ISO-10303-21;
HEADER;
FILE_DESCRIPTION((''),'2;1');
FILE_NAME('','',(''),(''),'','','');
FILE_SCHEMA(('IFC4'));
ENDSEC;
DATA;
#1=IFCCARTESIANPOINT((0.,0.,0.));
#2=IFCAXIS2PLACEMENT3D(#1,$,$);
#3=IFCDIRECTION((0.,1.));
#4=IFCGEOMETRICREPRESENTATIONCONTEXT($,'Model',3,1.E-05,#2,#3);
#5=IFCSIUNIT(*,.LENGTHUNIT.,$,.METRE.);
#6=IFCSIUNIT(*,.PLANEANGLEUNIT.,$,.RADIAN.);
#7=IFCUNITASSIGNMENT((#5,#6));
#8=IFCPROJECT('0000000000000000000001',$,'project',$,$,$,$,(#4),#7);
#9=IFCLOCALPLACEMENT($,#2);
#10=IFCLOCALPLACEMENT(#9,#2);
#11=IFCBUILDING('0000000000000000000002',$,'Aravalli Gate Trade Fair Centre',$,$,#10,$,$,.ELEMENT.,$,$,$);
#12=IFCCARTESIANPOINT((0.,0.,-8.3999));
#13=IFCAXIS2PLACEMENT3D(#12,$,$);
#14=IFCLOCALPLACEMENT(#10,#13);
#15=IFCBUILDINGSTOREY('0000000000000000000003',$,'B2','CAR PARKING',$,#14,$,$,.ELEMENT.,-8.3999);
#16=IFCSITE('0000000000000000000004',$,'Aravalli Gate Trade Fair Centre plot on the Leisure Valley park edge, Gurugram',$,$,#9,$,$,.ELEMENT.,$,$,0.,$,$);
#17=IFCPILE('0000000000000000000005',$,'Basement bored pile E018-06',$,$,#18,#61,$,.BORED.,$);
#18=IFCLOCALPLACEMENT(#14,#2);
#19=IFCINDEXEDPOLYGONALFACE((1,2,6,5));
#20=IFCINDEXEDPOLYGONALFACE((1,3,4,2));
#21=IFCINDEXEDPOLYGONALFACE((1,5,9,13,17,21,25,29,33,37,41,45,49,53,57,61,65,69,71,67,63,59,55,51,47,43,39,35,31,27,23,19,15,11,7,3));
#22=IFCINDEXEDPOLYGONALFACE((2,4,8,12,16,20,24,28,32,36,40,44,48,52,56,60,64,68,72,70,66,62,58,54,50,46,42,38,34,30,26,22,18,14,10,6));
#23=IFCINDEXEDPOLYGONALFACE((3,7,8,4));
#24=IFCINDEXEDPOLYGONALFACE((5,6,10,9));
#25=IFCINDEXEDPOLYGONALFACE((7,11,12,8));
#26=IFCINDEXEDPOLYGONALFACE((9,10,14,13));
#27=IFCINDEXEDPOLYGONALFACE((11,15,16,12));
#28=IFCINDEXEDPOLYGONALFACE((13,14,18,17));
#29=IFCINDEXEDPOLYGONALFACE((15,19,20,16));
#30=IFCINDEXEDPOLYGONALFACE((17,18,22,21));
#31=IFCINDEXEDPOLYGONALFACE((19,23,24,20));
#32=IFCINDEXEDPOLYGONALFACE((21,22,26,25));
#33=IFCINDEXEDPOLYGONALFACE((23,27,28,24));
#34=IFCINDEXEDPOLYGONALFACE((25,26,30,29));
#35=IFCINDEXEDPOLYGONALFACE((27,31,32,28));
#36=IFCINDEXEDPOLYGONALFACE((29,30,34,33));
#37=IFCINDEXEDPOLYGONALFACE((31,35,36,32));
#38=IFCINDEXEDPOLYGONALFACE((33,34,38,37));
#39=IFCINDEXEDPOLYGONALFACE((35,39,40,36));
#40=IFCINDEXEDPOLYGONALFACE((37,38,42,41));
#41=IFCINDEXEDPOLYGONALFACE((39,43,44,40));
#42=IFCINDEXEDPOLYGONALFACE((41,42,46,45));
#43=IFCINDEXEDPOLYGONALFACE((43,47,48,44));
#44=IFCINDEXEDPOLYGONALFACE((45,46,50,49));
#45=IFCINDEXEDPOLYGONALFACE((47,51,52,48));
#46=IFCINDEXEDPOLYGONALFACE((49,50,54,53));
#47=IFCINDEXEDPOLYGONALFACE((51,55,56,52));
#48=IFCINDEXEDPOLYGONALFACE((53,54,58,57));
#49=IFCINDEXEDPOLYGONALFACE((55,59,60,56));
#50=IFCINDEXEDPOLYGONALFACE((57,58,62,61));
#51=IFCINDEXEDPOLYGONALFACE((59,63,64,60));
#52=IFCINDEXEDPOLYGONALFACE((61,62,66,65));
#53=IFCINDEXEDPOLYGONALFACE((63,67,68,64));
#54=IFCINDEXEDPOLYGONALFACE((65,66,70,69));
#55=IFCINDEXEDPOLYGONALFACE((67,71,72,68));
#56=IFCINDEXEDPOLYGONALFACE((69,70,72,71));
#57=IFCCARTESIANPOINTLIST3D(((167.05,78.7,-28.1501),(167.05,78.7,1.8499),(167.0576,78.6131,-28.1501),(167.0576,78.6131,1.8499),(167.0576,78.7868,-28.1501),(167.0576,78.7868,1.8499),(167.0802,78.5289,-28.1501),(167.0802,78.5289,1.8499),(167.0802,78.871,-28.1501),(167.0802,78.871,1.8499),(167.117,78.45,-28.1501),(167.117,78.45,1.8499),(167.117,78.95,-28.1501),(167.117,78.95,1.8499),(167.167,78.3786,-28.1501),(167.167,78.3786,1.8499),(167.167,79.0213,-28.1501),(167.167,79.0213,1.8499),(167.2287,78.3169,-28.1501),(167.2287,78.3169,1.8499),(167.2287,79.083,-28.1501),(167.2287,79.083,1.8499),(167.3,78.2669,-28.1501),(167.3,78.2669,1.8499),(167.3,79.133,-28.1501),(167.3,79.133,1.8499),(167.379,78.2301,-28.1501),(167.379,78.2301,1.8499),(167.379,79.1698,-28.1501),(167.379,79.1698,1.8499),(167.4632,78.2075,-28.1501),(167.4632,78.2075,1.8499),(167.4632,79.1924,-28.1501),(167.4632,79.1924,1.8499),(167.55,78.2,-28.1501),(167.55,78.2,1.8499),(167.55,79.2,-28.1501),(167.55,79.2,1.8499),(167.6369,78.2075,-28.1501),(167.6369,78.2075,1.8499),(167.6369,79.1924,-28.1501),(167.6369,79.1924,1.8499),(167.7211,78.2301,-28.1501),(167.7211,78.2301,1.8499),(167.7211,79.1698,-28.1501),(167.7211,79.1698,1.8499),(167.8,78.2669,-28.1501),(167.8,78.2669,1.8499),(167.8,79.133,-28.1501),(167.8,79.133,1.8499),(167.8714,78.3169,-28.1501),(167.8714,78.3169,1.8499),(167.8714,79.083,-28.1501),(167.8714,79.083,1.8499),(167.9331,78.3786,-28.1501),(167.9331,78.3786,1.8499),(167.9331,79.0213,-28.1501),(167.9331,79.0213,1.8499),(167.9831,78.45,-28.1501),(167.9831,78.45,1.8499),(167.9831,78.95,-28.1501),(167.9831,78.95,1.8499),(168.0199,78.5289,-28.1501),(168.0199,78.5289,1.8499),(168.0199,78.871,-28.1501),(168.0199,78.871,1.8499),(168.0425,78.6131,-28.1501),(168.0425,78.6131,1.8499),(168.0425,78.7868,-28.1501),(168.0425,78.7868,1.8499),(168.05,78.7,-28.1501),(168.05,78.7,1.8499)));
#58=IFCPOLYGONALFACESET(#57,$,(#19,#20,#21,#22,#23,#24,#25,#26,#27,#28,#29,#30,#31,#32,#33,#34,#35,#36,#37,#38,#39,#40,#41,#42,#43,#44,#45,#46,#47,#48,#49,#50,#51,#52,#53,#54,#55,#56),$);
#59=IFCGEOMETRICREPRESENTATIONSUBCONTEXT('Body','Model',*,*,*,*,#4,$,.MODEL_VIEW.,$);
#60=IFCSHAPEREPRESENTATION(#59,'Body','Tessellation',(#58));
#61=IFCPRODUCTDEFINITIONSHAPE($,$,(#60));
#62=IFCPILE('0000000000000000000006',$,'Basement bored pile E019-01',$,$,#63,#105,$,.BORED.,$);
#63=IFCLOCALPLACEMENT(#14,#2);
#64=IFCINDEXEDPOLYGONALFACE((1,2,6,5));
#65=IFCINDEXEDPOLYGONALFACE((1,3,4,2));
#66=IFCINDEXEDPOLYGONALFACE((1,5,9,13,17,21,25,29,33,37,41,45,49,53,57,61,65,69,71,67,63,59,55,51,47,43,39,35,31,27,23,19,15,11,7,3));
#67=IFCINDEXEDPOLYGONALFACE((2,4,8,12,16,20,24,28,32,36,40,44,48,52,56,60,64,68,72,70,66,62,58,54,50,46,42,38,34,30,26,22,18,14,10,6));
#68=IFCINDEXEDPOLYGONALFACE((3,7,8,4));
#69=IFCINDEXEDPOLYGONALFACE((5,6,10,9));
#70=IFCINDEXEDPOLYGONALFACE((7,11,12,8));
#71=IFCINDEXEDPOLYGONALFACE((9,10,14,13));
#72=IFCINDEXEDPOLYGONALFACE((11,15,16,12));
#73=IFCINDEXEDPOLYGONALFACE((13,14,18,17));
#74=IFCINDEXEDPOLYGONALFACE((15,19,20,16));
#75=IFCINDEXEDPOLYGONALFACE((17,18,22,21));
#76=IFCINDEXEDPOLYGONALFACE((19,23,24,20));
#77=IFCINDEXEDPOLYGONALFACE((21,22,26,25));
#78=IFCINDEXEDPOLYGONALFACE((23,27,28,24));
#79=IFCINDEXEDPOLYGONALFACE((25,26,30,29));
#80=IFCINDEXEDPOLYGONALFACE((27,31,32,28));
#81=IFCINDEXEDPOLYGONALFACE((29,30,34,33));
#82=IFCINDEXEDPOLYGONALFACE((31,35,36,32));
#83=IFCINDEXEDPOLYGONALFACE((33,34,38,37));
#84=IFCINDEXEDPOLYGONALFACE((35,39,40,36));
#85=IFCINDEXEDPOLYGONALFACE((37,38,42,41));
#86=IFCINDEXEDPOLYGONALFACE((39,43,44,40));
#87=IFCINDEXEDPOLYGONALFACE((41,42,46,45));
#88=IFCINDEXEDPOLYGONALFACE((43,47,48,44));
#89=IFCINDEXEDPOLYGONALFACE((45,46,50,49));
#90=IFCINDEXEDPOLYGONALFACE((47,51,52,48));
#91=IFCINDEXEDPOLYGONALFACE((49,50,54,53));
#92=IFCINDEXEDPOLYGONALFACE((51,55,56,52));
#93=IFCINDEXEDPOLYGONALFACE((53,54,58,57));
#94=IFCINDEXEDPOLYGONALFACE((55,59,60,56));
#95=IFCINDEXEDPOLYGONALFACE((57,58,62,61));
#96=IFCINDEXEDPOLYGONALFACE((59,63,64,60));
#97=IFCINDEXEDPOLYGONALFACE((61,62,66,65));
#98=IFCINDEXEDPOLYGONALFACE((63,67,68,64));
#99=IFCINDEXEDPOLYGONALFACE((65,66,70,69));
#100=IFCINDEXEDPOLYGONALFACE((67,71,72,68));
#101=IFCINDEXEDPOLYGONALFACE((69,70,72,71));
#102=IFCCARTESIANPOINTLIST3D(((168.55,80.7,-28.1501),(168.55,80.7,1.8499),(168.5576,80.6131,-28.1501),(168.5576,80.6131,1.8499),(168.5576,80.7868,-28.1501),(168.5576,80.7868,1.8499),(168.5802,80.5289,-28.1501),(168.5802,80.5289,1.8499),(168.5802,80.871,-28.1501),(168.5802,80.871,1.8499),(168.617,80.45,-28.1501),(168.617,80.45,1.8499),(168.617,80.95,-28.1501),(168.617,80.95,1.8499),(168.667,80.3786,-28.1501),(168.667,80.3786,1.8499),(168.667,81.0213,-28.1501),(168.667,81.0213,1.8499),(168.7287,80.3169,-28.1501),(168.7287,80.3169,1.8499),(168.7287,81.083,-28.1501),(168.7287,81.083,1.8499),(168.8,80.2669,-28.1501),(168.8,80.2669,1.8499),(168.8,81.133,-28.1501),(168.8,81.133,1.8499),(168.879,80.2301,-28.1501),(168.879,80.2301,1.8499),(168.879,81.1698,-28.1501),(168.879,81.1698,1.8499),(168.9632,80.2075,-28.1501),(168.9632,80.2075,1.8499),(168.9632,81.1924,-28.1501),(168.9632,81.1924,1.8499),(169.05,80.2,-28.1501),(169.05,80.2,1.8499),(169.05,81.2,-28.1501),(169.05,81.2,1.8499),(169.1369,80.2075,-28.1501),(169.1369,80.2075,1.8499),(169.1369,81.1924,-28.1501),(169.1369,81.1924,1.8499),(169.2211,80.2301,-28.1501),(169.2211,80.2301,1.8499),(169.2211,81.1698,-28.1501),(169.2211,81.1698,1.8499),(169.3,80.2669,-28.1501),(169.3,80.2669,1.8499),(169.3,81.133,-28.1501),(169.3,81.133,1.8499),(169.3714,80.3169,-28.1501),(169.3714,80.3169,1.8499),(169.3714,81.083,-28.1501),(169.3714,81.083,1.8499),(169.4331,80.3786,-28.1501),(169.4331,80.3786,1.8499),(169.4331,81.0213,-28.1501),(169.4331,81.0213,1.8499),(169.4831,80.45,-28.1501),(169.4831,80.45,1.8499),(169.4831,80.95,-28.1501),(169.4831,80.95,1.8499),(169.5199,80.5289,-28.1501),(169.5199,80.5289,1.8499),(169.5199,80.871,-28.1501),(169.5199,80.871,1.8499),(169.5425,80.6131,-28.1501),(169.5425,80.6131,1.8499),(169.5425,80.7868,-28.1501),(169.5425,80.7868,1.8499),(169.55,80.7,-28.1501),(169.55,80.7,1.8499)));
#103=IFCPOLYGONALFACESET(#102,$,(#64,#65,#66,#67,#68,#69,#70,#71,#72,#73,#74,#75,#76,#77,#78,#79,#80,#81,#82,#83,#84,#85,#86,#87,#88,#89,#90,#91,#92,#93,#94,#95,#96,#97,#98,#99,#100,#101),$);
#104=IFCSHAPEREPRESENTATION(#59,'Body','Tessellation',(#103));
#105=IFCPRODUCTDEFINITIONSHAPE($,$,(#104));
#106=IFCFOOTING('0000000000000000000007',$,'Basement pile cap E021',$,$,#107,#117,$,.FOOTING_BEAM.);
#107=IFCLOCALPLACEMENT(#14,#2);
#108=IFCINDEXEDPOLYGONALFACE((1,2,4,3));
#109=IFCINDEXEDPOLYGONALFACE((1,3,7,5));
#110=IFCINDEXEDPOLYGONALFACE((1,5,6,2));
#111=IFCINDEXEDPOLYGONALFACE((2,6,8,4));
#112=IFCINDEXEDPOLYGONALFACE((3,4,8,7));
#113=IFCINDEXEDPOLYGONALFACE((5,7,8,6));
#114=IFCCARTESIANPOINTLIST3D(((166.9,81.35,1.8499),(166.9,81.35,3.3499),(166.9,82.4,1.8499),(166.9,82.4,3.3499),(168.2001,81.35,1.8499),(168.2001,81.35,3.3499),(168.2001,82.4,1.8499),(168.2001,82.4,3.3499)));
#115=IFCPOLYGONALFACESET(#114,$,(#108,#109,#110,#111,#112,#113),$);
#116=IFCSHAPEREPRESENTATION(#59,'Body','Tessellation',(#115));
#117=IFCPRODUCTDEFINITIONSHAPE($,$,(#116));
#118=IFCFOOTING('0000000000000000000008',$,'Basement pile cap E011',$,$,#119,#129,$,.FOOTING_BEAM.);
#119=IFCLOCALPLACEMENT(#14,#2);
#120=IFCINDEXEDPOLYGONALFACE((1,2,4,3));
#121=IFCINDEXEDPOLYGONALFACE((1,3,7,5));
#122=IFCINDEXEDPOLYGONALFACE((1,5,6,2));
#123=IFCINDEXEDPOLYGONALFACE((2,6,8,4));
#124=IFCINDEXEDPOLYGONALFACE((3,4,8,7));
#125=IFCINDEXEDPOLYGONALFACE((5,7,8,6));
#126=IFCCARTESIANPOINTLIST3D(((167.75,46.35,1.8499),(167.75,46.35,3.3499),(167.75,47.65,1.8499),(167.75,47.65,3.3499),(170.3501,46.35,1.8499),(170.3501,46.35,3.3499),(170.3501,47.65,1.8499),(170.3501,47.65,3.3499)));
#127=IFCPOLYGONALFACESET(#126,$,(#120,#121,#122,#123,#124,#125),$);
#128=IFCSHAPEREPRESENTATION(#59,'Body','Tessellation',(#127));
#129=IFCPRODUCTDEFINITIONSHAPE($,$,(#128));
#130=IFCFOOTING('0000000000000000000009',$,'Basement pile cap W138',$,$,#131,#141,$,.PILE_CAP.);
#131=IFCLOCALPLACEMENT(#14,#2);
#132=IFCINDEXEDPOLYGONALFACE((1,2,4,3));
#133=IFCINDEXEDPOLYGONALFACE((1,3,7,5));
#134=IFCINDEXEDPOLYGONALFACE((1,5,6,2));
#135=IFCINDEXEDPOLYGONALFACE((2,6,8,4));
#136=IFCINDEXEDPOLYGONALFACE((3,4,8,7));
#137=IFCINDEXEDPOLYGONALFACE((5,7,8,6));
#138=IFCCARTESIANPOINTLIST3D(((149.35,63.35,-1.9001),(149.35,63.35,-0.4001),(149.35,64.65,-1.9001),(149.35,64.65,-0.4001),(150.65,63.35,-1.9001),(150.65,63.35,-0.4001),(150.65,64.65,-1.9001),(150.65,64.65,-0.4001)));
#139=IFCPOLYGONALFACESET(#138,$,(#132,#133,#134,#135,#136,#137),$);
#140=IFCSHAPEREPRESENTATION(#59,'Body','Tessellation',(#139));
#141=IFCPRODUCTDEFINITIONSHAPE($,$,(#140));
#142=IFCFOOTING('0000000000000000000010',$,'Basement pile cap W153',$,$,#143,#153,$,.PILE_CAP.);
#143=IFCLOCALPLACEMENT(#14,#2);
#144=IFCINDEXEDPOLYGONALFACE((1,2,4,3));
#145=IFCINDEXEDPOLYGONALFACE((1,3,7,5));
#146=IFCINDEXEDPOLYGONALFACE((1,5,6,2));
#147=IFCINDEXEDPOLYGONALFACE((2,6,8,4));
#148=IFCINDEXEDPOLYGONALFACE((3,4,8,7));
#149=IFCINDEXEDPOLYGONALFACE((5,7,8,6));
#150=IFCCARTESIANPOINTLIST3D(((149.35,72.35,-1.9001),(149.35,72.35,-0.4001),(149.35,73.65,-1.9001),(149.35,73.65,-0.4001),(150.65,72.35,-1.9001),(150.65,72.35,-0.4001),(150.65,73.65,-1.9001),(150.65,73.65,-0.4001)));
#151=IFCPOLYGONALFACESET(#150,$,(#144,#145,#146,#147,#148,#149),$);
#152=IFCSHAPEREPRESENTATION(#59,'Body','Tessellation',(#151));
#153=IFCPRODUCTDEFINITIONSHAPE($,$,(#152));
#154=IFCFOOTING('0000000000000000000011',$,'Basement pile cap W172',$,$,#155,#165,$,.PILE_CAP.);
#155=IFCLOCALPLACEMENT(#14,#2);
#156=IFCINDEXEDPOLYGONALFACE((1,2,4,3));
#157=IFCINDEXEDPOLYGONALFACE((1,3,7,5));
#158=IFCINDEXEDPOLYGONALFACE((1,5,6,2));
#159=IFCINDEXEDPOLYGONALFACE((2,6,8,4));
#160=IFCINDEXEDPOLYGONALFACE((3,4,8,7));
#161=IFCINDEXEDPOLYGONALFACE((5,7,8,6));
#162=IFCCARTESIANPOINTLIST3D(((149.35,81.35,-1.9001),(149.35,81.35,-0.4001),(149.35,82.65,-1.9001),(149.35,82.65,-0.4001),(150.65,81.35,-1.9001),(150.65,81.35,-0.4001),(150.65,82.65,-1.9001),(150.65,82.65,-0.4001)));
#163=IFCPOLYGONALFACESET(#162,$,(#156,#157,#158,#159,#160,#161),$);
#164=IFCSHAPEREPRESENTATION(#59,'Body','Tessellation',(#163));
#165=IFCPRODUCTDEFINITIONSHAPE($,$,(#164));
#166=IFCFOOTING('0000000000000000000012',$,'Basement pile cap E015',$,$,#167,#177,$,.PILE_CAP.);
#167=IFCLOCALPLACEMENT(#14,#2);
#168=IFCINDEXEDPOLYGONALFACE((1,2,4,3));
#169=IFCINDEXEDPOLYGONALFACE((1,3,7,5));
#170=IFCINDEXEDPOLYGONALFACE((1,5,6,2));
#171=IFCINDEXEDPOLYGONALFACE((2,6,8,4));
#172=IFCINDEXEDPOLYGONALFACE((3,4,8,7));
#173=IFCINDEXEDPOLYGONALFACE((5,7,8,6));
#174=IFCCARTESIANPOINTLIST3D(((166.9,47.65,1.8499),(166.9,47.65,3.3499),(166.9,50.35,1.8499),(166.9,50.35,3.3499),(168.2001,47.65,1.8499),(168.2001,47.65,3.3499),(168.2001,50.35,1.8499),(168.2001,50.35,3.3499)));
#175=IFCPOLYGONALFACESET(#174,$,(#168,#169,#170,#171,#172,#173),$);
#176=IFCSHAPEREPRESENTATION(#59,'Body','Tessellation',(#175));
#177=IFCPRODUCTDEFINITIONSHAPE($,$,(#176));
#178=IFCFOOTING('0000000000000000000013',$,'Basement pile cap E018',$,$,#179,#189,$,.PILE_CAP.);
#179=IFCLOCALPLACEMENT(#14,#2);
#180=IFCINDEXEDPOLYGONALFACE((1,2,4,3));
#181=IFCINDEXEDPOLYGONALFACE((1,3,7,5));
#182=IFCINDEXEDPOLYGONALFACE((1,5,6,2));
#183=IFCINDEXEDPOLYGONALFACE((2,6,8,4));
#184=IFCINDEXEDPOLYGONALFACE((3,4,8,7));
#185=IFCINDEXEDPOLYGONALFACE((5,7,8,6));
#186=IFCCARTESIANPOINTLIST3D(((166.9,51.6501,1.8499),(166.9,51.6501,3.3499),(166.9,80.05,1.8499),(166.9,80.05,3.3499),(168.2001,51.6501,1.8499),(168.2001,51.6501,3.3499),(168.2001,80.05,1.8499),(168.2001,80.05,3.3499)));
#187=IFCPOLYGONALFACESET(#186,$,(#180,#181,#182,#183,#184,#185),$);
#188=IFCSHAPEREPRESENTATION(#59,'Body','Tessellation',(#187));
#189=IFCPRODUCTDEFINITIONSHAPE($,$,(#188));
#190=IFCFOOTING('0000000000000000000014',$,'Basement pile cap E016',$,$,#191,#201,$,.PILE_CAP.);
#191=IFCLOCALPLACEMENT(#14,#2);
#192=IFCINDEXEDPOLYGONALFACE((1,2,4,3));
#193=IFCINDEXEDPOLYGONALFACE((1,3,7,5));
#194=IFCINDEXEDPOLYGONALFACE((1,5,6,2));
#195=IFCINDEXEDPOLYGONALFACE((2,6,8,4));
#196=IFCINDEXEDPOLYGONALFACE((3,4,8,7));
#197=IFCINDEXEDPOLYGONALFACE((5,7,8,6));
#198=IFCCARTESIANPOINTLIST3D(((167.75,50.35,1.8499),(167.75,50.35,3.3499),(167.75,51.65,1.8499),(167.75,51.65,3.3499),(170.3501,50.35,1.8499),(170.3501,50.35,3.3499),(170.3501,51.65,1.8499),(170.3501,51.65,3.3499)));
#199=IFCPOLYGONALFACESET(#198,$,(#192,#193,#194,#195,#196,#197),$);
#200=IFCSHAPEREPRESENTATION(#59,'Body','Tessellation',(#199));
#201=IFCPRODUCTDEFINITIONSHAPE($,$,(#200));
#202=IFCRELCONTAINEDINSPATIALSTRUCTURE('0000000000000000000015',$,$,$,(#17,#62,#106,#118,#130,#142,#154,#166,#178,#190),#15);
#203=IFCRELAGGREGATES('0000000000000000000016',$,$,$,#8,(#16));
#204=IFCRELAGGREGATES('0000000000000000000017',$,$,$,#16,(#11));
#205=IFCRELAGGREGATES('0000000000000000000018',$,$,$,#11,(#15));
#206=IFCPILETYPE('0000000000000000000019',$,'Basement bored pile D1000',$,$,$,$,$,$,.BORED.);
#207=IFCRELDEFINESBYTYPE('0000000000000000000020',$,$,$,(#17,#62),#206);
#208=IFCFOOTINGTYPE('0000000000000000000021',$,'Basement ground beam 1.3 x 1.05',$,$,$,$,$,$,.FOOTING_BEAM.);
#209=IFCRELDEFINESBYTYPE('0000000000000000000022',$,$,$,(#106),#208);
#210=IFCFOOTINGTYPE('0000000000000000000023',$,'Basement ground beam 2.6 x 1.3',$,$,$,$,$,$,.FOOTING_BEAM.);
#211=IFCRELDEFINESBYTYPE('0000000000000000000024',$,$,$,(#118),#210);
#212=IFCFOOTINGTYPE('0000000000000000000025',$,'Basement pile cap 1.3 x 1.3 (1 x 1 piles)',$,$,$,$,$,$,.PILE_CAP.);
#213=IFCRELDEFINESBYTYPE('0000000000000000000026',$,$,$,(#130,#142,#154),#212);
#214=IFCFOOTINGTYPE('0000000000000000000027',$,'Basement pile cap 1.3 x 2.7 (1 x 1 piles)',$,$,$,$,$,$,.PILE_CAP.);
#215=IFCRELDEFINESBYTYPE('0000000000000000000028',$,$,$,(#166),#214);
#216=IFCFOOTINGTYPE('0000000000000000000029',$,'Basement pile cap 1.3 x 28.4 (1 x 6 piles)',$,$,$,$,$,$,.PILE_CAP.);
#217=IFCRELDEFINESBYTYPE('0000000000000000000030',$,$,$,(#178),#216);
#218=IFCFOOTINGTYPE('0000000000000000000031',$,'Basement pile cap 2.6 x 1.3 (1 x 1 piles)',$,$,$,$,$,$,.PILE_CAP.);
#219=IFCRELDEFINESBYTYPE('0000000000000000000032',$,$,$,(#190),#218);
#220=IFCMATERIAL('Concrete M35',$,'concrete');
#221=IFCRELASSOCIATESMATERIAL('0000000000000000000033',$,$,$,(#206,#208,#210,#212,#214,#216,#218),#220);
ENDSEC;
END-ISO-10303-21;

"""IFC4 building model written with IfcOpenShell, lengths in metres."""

from ifc_helpers import new_model, si_unit, direction, frame, origin, origin_2d, place, context, subcontext, project, spatial, rectangle, circle, extrude, material, material_profile, profile_set, type_object, element, save


model = new_model("IFC4")

# Units and contexts
model_context = context("Model", 3, precision=1e-05, world=origin(), true_north=direction((0.0, 1.0)))
body_context = subcontext(model_context, "Body", "Model", "MODEL_VIEW")
ifc_project = project(units=[si_unit("LENGTHUNIT", "METRE"), si_unit("PLANEANGLEUNIT", "RADIAN")], contexts=[model_context])

# Site, building, storey
site_placement = place(None, origin())
site = spatial("IfcSite", under=ifc_project, at=site_placement, Name="Aravalli Gate Trade Fair Centre plot on the Leisure Valley park edge, Gurugram", CompositionType="ELEMENT", RefElevation=0.0)
building_placement = place(site_placement, origin())
building = spatial("IfcBuilding", under=site, at=building_placement, Name="Aravalli Gate Trade Fair Centre", CompositionType="ELEMENT")
storey_placement = place(building_placement, frame((0.0, 0.0, -8.3999)))
storey = spatial("IfcBuildingStorey", under=building, at=storey_placement, Name="B2", Description="CAR PARKING", CompositionType="ELEMENT", Elevation=-8.3999)

# Piles
ifc_material = material(Name="Concrete M35", Category="concrete")
ifc_material_profile = material_profile(ifc_material, circle(Radius=0.5, at=origin_2d()), Name="D1000")
ifc_profile_set = profile_set([ifc_material_profile], Name="Concrete M35")
pile_type = type_object("IfcPileType", Name="Basement bored pile D1000", PredefinedType="BORED", material=ifc_profile_set)
for number, where, z_axis, x_axis, name in (
    (1, (167.55, 78.7, 1.8499), (0.0, 0.0, -1.0), (1.0, 0.0, 0.0), "Basement bored pile E018-06"),
    (2, (169.05, 80.7, 1.8499), (0.0, 0.0, -1.0), (1.0, 0.0, 0.0), "Basement bored pile E019-01"),
):
    element("IfcPile", number, at=place(storey_placement, frame(where, z_axis=z_axis, x_axis=x_axis)), inside=storey, type_object=pile_type, Name=name, PredefinedType="BORED", context=body_context, shape_type="SweptSolid", body=[
        extrude(circle(Radius=0.5, at=origin_2d()), origin(), (0.0, 0.0, 1.0), 30.0),
    ])

# Footings
footing_type_1 = type_object("IfcFootingType", Name="Basement ground beam 1.3 x 1.05", PredefinedType="FOOTING_BEAM", material=ifc_material)
footing_1_placement = place(storey_placement, frame((167.55, 81.875, 1.8499), z_axis=(0.0, 0.0, 1.0), x_axis=(1.0, 0.0, 0.0)))
element("IfcFooting", 3, at=footing_1_placement, inside=storey, type_object=footing_type_1, Name="Basement pile cap E021", PredefinedType="FOOTING_BEAM", context=body_context, shape_type="SweptSolid", body=[
    extrude(rectangle(XDim=1.3, YDim=1.05, at=origin_2d()), origin(), (0.0, 0.0, 1.0), 1.5),
])
footing_type_2 = type_object("IfcFootingType", Name="Basement ground beam 2.6 x 1.3", PredefinedType="FOOTING_BEAM", material=ifc_material)
footing_2_placement = place(storey_placement, frame((169.05, 47.0, 1.8499), z_axis=(0.0, 0.0, 1.0), x_axis=(1.0, 0.0, 0.0)))
element("IfcFooting", 4, at=footing_2_placement, inside=storey, type_object=footing_type_2, Name="Basement pile cap E011", PredefinedType="FOOTING_BEAM", context=body_context, shape_type="SweptSolid", body=[
    extrude(rectangle(XDim=2.6001, YDim=1.3, at=origin_2d()), origin(), (0.0, 0.0, 1.0), 1.5),
])
footing_type_3 = type_object("IfcFootingType", Name="Basement pile cap 1.3 x 1.3 (1 x 1 piles)", PredefinedType="PILE_CAP", material=ifc_material)
for number, where, z_axis, x_axis, name in (
    (5, (150.0, 64.0, -1.9001), (0.0, 0.0, 1.0), (1.0, 0.0, 0.0), "Basement pile cap W138"),
    (6, (150.0, 73.0, -1.9001), (0.0, 0.0, 1.0), (1.0, 0.0, 0.0), "Basement pile cap W153"),
    (7, (150.0, 82.0, -1.9001), (0.0, 0.0, 1.0), (1.0, 0.0, 0.0), "Basement pile cap W172"),
):
    element("IfcFooting", number, at=place(storey_placement, frame(where, z_axis=z_axis, x_axis=x_axis)), inside=storey, type_object=footing_type_3, Name=name, PredefinedType="PILE_CAP", context=body_context, shape_type="SweptSolid", body=[
        extrude(rectangle(XDim=1.3, YDim=1.3, at=origin_2d()), origin(), (0.0, 0.0, 1.0), 1.5),
    ])
footing_type_4 = type_object("IfcFootingType", Name="Basement pile cap 1.3 x 2.7 (1 x 1 piles)", PredefinedType="PILE_CAP", material=ifc_material)
footing_3_placement = place(storey_placement, frame((167.55, 49.0, 1.8499), z_axis=(0.0, 0.0, 1.0), x_axis=(1.0, 0.0, 0.0)))
element("IfcFooting", 8, at=footing_3_placement, inside=storey, type_object=footing_type_4, Name="Basement pile cap E015", PredefinedType="PILE_CAP", context=body_context, shape_type="SweptSolid", body=[
    extrude(rectangle(XDim=1.3, YDim=2.7, at=origin_2d()), origin(), (0.0, 0.0, 1.0), 1.5),
])
footing_type_5 = type_object("IfcFootingType", Name="Basement pile cap 1.3 x 28.4 (1 x 6 piles)", PredefinedType="PILE_CAP", material=ifc_material)
footing_4_placement = place(storey_placement, frame((167.55, 65.8501, 1.8499), z_axis=(0.0, 0.0, 1.0), x_axis=(1.0, 0.0, 0.0)))
element("IfcFooting", 9, at=footing_4_placement, inside=storey, type_object=footing_type_5, Name="Basement pile cap E018", PredefinedType="PILE_CAP", context=body_context, shape_type="SweptSolid", body=[
    extrude(rectangle(XDim=1.3, YDim=28.3999, at=origin_2d()), origin(), (0.0, 0.0, 1.0), 1.5),
])
footing_type_6 = type_object("IfcFootingType", Name="Basement pile cap 2.6 x 1.3 (1 x 1 piles)", PredefinedType="PILE_CAP", material=ifc_material)
for number, where, z_axis, x_axis, name in (
    (10, (169.05, 51.0, 1.8499), (0.0, 0.0, 1.0), (1.0, 0.0, 0.0), "Basement pile cap E016"),
):
    element("IfcFooting", number, at=place(storey_placement, frame(where, z_axis=z_axis, x_axis=x_axis)), inside=storey, type_object=footing_type_6, Name=name, PredefinedType="PILE_CAP", context=body_context, shape_type="SweptSolid", body=[
        extrude(rectangle(XDim=2.6001, YDim=1.3, at=origin_2d()), origin(), (0.0, 0.0, 1.0), 1.5),
    ])

save(model, "model.ifc")
